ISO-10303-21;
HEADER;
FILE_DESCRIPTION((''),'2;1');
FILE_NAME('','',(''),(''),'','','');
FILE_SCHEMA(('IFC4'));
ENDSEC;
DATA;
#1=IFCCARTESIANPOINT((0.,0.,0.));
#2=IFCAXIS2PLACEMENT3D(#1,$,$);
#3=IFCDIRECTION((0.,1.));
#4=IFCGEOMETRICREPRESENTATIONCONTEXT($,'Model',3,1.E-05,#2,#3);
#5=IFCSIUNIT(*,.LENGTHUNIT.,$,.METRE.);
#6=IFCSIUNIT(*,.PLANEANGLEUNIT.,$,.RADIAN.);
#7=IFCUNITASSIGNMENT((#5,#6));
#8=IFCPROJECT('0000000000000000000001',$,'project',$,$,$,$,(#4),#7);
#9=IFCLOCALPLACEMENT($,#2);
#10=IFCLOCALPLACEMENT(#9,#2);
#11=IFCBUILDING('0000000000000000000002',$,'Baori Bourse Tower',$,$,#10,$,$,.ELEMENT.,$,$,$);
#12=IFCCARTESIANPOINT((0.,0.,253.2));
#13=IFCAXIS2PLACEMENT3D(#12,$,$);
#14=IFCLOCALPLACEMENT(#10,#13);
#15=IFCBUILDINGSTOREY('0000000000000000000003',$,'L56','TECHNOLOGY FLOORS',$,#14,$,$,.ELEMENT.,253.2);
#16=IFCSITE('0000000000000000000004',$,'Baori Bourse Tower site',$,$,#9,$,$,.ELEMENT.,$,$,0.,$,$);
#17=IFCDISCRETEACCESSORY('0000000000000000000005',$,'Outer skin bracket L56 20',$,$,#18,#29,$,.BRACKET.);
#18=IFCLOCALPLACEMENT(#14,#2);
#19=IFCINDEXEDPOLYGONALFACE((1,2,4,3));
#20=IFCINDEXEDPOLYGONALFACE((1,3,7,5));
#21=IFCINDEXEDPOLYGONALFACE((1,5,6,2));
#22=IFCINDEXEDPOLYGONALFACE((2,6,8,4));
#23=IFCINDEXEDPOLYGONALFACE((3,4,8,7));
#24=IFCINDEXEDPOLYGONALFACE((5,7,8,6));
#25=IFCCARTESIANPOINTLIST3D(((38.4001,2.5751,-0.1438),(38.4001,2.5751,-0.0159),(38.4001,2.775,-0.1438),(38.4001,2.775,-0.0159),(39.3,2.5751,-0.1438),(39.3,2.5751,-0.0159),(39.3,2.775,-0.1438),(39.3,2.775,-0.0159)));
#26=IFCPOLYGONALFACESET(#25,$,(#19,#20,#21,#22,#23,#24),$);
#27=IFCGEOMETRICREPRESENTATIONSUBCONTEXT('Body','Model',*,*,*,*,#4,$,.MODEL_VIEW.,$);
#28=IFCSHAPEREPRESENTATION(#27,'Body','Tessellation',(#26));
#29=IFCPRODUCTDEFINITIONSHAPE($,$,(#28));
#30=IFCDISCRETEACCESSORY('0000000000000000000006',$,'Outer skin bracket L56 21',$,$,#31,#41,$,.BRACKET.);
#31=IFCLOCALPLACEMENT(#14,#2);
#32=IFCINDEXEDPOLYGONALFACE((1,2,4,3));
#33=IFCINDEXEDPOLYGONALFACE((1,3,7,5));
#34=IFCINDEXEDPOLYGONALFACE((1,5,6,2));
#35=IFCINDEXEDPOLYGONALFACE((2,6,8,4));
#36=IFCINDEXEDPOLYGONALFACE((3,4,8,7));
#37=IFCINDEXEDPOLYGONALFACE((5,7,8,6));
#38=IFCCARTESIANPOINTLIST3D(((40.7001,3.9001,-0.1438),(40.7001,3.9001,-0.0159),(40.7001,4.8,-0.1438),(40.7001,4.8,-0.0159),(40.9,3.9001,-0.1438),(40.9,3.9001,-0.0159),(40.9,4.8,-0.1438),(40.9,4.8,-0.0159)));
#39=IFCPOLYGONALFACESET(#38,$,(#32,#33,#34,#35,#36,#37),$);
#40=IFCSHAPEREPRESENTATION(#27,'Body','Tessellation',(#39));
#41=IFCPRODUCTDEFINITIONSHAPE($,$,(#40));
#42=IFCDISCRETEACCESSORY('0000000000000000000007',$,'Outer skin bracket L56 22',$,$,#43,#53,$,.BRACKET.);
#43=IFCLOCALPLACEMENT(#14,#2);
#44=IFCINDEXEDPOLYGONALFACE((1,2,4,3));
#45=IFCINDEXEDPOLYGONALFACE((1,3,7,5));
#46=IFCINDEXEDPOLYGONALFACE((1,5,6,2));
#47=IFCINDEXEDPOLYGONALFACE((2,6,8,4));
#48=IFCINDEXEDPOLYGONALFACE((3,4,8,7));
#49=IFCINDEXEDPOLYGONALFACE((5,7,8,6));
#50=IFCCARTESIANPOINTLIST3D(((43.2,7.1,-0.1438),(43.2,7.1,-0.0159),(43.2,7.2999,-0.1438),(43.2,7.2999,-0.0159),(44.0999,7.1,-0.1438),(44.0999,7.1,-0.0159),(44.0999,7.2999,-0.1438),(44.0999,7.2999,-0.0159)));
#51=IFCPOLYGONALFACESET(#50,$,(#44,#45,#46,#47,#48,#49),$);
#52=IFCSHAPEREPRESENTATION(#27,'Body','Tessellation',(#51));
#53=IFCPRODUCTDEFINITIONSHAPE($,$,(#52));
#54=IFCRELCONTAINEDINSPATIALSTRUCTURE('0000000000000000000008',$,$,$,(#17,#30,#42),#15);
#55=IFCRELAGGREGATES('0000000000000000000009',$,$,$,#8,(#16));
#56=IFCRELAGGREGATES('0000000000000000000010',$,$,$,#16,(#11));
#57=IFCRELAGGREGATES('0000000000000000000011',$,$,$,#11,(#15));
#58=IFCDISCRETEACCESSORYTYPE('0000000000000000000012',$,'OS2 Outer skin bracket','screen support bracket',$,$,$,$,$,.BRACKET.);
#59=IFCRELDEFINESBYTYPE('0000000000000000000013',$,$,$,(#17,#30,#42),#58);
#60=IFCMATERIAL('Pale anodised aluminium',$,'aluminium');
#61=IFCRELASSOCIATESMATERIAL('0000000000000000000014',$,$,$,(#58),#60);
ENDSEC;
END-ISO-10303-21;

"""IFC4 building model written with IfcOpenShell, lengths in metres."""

from ifc_helpers import new_model, si_unit, direction, frame, origin, origin_2d, place, context, subcontext, project, spatial, rectangle, extrude, material, type_object, element, save


model = new_model("IFC4")

# Units and contexts
model_context = context("Model", 3, precision=1e-05, world=origin(), true_north=direction((0.0, 1.0)))
body_context = subcontext(model_context, "Body", "Model", "MODEL_VIEW")
ifc_project = project(units=[si_unit("LENGTHUNIT", "METRE"), si_unit("PLANEANGLEUNIT", "RADIAN")], contexts=[model_context])

# Site, building, storey
site_placement = place(None, origin())
site = spatial("IfcSite", under=ifc_project, at=site_placement, Name="Baori Bourse Tower site", CompositionType="ELEMENT", RefElevation=0.0)
building_placement = place(site_placement, origin())
building = spatial("IfcBuilding", under=site, at=building_placement, Name="Baori Bourse Tower", CompositionType="ELEMENT")
storey_placement = place(building_placement, frame((0.0, 0.0, 253.2)))
storey = spatial("IfcBuildingStorey", under=building, at=storey_placement, Name="L56", Description="TECHNOLOGY FLOORS", CompositionType="ELEMENT", Elevation=253.2)

# Discrete accessories
ifc_material_1 = material(Name="Pale anodised aluminium", Category="aluminium")
discrete_accessory_type = type_object("IfcDiscreteAccessoryType", Name="OS2 Outer skin bracket", Description="screen support bracket", PredefinedType="BRACKET", material=ifc_material_1)
for number, where, z_axis, x_axis, name in (
    (1, (38.8501, 2.675, -0.1438), (0.0, 0.0, 1.0), (0.0, 1.0, 0.0), "Outer skin bracket L56 20"),
    (2, (40.8, 4.3501, -0.1438), (0.0, 0.0, 1.0), (1.0, 0.0, 0.0), "Outer skin bracket L56 21"),
    (3, (43.6499, 7.2, -0.1438), (0.0, 0.0, 1.0), (0.0, 1.0, 0.0), "Outer skin bracket L56 22"),
):
    element("IfcDiscreteAccessory", number, at=place(storey_placement, frame(where, z_axis=z_axis, x_axis=x_axis)), inside=storey, type_object=discrete_accessory_type, Name=name, PredefinedType="BRACKET", context=body_context, shape_type="SweptSolid", body=[
        extrude(rectangle(XDim=0.2, YDim=0.8999, at=origin_2d()), origin(), (0.0, 0.0, 1.0), 0.1279),
    ])

save(model, "model.ifc")
